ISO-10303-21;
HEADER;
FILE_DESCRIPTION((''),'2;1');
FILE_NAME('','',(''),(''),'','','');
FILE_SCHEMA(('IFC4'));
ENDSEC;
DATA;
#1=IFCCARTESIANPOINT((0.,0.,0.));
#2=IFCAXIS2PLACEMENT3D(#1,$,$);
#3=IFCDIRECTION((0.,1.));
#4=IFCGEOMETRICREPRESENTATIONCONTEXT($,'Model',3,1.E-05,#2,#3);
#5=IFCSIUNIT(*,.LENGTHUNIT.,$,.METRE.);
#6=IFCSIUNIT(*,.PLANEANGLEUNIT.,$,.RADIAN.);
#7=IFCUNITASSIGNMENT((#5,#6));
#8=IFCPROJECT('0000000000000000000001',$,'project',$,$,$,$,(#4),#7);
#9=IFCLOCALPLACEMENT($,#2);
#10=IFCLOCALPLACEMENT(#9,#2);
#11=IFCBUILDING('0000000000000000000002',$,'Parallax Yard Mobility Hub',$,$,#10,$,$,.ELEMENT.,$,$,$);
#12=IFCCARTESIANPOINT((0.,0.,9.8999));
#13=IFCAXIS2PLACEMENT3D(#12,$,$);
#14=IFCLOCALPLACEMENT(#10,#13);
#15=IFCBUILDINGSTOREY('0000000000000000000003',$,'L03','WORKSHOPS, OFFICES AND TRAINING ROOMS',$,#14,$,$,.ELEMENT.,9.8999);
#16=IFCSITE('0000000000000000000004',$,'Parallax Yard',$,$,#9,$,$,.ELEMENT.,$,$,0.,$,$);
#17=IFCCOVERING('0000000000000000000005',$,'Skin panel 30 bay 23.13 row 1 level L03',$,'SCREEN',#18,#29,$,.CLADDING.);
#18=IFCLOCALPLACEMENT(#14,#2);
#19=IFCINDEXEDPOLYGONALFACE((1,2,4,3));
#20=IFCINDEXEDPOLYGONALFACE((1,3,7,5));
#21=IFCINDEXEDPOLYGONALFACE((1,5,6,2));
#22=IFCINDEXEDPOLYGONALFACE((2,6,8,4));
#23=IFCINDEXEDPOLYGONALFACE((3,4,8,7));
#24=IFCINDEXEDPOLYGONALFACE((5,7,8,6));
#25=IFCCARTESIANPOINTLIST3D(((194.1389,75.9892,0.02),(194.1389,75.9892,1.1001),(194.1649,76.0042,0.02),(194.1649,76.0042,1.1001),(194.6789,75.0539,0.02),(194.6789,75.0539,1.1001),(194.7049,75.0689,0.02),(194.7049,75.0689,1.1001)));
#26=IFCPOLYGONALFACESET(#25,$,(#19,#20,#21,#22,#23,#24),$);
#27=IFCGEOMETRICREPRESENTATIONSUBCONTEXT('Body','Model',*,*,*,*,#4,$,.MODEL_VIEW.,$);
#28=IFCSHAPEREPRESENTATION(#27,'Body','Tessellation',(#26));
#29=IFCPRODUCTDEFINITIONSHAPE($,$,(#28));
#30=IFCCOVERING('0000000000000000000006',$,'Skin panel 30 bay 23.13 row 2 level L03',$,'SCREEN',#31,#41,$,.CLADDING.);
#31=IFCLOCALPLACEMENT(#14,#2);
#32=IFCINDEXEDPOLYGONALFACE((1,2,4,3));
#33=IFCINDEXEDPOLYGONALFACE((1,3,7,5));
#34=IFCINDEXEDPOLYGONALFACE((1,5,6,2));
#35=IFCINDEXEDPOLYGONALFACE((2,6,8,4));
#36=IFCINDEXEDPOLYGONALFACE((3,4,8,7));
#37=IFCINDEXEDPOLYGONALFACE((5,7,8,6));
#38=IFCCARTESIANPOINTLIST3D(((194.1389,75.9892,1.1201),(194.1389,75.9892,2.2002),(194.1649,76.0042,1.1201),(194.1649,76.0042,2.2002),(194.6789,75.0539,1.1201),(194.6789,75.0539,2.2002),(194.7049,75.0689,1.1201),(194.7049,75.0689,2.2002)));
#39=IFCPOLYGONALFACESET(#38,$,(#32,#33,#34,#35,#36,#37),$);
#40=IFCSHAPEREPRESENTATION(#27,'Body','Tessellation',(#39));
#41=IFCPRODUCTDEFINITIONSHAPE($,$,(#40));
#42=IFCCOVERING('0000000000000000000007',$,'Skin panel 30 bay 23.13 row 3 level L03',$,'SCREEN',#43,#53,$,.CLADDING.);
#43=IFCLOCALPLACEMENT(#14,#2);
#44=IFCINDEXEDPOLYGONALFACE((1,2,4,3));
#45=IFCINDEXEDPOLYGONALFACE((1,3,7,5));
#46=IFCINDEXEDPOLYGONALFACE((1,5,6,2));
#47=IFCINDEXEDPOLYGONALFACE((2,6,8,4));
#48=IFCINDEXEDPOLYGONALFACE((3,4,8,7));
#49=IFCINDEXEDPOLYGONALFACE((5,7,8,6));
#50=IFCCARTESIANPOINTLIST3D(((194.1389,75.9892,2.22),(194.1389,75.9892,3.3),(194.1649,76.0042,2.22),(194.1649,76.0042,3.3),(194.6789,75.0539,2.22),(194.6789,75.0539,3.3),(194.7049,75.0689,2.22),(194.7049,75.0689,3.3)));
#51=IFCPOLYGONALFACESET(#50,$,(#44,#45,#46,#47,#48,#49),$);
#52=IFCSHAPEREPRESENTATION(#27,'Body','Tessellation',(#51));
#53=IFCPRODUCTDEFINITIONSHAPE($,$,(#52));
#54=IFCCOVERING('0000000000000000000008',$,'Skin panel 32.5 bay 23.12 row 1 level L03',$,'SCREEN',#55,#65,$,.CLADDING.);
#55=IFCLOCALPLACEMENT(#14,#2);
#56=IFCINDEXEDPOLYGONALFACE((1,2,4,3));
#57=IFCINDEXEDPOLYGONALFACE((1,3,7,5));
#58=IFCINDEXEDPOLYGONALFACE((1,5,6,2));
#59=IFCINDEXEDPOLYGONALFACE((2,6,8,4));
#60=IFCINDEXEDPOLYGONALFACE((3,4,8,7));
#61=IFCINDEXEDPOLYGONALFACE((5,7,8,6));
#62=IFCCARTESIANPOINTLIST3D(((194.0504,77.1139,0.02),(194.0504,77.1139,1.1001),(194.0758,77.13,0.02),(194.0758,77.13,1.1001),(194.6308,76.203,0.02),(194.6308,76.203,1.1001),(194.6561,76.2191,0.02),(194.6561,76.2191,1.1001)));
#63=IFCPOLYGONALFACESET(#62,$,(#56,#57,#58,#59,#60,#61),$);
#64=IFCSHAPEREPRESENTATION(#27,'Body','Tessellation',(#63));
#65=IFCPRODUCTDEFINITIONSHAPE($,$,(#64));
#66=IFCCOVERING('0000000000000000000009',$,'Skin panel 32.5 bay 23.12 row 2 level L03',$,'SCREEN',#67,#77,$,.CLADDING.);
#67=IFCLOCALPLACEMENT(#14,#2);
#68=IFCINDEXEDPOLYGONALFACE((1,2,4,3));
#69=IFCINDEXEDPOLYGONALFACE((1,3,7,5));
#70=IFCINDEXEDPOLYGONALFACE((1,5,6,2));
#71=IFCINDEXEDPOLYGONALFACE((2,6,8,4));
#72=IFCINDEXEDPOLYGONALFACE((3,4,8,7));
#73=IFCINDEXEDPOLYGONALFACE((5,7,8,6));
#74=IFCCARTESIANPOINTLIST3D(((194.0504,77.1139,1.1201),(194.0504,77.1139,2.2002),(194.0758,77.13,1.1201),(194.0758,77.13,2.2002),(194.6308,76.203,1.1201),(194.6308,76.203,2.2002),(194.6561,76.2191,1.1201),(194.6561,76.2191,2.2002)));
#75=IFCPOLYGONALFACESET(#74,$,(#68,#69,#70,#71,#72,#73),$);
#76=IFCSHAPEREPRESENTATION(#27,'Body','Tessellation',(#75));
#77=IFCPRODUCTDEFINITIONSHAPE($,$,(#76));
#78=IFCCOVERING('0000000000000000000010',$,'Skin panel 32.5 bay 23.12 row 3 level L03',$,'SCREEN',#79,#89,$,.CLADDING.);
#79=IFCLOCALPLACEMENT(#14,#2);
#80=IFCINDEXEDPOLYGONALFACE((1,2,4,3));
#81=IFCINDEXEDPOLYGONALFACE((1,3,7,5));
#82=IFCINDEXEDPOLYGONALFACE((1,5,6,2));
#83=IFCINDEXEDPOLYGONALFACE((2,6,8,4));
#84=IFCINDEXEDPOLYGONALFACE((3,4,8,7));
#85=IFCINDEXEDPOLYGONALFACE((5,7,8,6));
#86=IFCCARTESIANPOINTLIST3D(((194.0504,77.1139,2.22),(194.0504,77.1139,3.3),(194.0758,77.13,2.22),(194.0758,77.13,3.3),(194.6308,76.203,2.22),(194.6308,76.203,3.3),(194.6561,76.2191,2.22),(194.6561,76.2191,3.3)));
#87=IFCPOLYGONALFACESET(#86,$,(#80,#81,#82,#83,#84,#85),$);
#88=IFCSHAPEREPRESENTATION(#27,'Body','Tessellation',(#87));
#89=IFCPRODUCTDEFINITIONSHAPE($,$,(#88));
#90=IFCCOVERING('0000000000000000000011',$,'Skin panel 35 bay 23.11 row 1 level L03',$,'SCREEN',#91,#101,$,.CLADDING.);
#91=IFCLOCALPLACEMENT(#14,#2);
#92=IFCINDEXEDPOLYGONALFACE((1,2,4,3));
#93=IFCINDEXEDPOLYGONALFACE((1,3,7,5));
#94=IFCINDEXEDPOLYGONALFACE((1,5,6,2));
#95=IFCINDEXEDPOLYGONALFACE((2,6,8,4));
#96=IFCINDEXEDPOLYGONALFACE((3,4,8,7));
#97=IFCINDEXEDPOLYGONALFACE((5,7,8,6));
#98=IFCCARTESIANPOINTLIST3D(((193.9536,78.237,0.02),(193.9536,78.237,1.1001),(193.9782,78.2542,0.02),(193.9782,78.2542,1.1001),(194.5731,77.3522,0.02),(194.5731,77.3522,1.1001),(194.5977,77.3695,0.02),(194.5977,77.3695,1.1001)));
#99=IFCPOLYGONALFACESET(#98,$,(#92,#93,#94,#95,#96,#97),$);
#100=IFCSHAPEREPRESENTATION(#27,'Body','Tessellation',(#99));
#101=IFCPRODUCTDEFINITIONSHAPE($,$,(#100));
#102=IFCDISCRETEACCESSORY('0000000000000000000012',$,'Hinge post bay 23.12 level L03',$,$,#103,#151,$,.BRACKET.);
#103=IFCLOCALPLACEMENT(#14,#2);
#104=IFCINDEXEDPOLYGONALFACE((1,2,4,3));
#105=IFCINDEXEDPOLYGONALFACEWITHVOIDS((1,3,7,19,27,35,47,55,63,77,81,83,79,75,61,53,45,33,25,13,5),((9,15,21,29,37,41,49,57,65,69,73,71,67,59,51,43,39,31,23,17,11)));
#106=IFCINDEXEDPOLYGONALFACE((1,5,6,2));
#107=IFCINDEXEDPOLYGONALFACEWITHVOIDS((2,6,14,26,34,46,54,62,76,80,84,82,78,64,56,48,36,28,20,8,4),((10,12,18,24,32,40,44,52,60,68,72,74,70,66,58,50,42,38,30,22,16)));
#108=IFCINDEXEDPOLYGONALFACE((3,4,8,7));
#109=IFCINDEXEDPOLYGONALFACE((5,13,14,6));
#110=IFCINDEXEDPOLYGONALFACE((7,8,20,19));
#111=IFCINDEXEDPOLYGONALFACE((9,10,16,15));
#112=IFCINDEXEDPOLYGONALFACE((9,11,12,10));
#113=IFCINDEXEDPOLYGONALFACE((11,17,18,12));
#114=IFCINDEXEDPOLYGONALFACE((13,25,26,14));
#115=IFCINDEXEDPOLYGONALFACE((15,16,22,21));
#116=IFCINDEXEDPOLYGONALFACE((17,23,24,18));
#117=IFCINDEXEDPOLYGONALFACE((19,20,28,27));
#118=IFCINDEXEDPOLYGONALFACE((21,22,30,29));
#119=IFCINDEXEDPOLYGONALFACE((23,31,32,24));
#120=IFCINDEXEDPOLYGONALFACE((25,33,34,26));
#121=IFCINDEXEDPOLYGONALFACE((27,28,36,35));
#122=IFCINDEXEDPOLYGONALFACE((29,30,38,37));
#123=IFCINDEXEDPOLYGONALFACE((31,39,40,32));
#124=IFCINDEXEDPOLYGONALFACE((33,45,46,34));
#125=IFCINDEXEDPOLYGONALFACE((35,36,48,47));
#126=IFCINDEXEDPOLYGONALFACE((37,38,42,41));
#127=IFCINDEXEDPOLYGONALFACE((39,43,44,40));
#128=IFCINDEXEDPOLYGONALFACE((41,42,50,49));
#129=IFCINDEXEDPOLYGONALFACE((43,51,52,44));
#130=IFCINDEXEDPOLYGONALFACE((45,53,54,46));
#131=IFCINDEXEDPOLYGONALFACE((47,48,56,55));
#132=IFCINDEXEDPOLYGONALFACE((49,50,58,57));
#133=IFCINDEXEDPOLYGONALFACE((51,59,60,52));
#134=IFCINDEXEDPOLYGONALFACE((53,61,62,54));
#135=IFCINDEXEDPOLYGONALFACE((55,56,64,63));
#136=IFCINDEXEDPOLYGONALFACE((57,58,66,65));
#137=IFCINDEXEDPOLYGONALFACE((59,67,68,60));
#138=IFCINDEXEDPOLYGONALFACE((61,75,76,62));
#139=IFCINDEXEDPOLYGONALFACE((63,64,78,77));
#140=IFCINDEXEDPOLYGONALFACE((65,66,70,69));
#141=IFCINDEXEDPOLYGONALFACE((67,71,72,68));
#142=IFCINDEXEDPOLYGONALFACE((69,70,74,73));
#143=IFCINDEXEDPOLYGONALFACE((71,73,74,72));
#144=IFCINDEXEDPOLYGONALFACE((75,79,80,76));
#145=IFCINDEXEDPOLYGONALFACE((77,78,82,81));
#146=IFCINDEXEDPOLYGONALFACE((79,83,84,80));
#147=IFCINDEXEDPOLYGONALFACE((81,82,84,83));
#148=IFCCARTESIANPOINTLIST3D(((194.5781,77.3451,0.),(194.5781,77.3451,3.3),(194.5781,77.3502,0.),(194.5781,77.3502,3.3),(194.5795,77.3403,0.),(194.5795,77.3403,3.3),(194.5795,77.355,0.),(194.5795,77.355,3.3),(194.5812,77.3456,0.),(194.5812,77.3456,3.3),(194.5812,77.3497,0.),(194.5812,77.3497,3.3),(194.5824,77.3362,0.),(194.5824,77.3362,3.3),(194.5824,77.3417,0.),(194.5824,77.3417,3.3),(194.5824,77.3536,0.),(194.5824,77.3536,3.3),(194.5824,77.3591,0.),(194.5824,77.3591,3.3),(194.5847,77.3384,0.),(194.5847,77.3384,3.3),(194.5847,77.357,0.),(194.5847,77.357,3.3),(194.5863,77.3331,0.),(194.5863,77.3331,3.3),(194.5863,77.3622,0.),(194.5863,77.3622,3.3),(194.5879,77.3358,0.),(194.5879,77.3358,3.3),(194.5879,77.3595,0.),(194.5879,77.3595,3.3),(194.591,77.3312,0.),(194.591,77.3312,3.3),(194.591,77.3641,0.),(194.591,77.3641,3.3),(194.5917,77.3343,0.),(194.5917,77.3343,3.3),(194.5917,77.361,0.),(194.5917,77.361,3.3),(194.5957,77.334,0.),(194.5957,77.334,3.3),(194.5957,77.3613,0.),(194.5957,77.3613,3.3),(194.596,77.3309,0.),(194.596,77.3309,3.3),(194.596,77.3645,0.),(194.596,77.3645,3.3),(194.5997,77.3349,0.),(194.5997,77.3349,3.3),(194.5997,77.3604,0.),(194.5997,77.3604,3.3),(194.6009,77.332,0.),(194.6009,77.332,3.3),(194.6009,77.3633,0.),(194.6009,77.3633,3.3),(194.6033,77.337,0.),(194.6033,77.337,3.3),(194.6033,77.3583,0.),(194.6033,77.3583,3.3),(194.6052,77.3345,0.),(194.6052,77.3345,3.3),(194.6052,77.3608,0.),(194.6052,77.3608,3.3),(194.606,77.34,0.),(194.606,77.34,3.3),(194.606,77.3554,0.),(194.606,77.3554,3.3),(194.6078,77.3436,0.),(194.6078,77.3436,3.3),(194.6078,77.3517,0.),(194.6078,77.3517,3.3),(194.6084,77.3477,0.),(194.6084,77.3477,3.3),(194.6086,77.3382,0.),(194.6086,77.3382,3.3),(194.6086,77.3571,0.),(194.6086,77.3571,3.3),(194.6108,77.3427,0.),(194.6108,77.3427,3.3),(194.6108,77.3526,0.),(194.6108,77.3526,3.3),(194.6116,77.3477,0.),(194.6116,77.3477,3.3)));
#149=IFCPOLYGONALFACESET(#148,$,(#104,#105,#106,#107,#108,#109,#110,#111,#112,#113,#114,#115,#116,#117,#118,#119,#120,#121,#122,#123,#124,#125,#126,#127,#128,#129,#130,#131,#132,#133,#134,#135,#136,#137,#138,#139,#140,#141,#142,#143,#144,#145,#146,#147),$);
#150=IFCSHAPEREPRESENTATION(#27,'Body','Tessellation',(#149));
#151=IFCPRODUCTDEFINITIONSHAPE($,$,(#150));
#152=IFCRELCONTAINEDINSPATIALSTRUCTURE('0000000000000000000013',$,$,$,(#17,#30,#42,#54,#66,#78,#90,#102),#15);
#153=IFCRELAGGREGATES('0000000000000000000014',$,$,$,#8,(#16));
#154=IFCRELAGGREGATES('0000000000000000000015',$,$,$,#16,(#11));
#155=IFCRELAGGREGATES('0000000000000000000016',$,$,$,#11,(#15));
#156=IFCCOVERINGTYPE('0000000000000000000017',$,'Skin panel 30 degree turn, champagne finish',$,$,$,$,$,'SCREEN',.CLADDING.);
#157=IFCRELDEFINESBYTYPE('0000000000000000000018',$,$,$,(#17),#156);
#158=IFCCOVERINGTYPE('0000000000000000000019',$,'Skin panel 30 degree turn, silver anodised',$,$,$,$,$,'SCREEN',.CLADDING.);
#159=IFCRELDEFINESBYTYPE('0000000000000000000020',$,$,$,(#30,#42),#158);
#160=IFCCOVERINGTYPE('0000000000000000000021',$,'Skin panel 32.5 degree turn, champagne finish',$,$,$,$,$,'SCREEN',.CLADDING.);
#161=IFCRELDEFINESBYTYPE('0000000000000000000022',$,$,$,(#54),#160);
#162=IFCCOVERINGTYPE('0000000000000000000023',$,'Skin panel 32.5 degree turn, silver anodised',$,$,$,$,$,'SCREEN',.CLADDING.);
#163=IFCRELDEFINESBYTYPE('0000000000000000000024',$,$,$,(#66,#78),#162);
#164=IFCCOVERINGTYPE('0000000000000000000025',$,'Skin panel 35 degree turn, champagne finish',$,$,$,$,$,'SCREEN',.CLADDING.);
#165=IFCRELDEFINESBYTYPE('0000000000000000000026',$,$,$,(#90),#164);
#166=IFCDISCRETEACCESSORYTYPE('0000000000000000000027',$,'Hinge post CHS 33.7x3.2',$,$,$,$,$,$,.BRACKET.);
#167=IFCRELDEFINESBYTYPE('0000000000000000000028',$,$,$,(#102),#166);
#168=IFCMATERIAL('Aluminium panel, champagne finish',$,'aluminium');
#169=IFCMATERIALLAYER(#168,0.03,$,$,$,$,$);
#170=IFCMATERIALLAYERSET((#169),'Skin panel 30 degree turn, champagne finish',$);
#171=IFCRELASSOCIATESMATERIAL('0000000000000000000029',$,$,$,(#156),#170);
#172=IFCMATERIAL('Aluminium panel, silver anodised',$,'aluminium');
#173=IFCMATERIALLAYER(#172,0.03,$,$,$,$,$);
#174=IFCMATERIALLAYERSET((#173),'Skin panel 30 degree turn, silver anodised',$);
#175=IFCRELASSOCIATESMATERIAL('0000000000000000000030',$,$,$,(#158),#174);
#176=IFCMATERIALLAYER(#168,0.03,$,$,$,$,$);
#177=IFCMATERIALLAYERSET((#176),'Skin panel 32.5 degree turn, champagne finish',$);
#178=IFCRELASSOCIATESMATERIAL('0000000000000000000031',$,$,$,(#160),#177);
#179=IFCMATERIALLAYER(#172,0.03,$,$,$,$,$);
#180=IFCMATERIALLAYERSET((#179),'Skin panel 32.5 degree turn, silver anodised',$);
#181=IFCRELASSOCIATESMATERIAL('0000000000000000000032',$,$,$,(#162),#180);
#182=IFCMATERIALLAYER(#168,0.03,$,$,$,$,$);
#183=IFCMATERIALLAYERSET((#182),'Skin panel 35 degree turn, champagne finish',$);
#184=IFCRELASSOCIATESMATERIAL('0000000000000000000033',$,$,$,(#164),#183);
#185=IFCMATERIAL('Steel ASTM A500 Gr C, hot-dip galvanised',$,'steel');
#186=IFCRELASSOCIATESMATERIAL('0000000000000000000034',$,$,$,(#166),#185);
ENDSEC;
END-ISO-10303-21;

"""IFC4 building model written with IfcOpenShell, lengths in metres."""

from ifc_helpers import new_model, si_unit, direction, frame, origin, origin_2d, place, context, subcontext, project, spatial, rectangle, hollow_circle, extrude, material, layer, layer_set, material_profile, profile_set, type_object, element, save


model = new_model("IFC4")

# Units and contexts
model_context = context("Model", 3, precision=1e-05, world=origin(), true_north=direction((0.0, 1.0)))
body_context = subcontext(model_context, "Body", "Model", "MODEL_VIEW")
ifc_project = project(units=[si_unit("LENGTHUNIT", "METRE"), si_unit("PLANEANGLEUNIT", "RADIAN")], contexts=[model_context])

# Site, building, storey
site_placement = place(None, origin())
site = spatial("IfcSite", under=ifc_project, at=site_placement, Name="Parallax Yard", CompositionType="ELEMENT", RefElevation=0.0)
building_placement = place(site_placement, origin())
building = spatial("IfcBuilding", under=site, at=building_placement, Name="Parallax Yard Mobility Hub", CompositionType="ELEMENT")
storey_placement = place(building_placement, frame((0.0, 0.0, 9.8999)))
storey = spatial("IfcBuildingStorey", under=building, at=storey_placement, Name="L03", Description="WORKSHOPS, OFFICES AND TRAINING ROOMS", CompositionType="ELEMENT", Elevation=9.8999)

# Coverings
ifc_material_1 = material(Name="Aluminium panel, champagne finish", Category="aluminium")
ifc_layer_1 = layer(ifc_material_1, 0.03)
ifc_layer_set_1 = layer_set([ifc_layer_1], Name="Skin panel 30 degree turn, champagne finish")
covering_type_1 = type_object("IfcCoveringType", Name="Skin panel 30 degree turn, champagne finish", ElementType="SCREEN", PredefinedType="CLADDING", material=ifc_layer_set_1)
covering_1_placement = place(storey_placement, frame((194.4219, 75.5291, 0.02), z_axis=(0.0, 0.0, 1.0), x_axis=(-0.5, 0.866025, 0.0)))
element("IfcCovering", 1, at=covering_1_placement, inside=storey, type_object=covering_type_1, Name="Skin panel 30 bay 23.13 row 1 level L03", ObjectType="SCREEN", PredefinedType="CLADDING", context=body_context, shape_type="SweptSolid", body=[
    extrude(rectangle(XDim=1.0801, YDim=0.03, at=origin_2d()), origin(), (0.0, 0.0, 1.0), 1.0801),
])
ifc_material_2 = material(Name="Aluminium panel, silver anodised", Category="aluminium")
ifc_layer_2 = layer(ifc_material_2, 0.03)
ifc_layer_set_2 = layer_set([ifc_layer_2], Name="Skin panel 30 degree turn, silver anodised")
covering_type_2 = type_object("IfcCoveringType", Name="Skin panel 30 degree turn, silver anodised", ElementType="SCREEN", PredefinedType="CLADDING", material=ifc_layer_set_2)
for number, where, z_axis, x_axis, name in (
    (2, (194.4219, 75.5291, 1.1201), (0.0, 0.0, 1.0), (-0.5, 0.866025, 0.0), "Skin panel 30 bay 23.13 row 2 level L03"),
    (3, (194.4219, 75.5291, 2.22), (0.0, 0.0, 1.0), (-0.5, 0.866025, 0.0), "Skin panel 30 bay 23.13 row 3 level L03"),
):
    element("IfcCovering", number, at=place(storey_placement, frame(where, z_axis=z_axis, x_axis=x_axis)), inside=storey, type_object=covering_type_2, Name=name, ObjectType="SCREEN", PredefinedType="CLADDING", context=body_context, shape_type="SweptSolid", body=[
        extrude(rectangle(XDim=1.0801, YDim=0.03, at=origin_2d()), origin(), (0.0, 0.0, 1.0), 1.0801),
    ])
ifc_layer_3 = layer(ifc_material_1, 0.03)
ifc_layer_set_3 = layer_set([ifc_layer_3], Name="Skin panel 32.5 degree turn, champagne finish")
covering_type_3 = type_object("IfcCoveringType", Name="Skin panel 32.5 degree turn, champagne finish", ElementType="SCREEN", PredefinedType="CLADDING", material=ifc_layer_set_3)
covering_2_placement = place(storey_placement, frame((194.3533, 76.6665, 0.02), z_axis=(0.0, 0.0, 1.0), x_axis=(-0.5373, 0.843391, 0.0)))
element("IfcCovering", 4, at=covering_2_placement, inside=storey, type_object=covering_type_3, Name="Skin panel 32.5 bay 23.12 row 1 level L03", ObjectType="SCREEN", PredefinedType="CLADDING", context=body_context, shape_type="SweptSolid", body=[
    extrude(rectangle(XDim=1.0801, YDim=0.03, at=origin_2d()), origin(), (0.0, 0.0, 1.0), 1.0801),
])
ifc_layer_4 = layer(ifc_material_2, 0.03)
ifc_layer_set_4 = layer_set([ifc_layer_4], Name="Skin panel 32.5 degree turn, silver anodised")
covering_type_4 = type_object("IfcCoveringType", Name="Skin panel 32.5 degree turn, silver anodised", ElementType="SCREEN", PredefinedType="CLADDING", material=ifc_layer_set_4)
for number, where, z_axis, x_axis, name in (
    (5, (194.3533, 76.6665, 1.1201), (0.0, 0.0, 1.0), (-0.5373, 0.843391, 0.0), "Skin panel 32.5 bay 23.12 row 2 level L03"),
    (6, (194.3533, 76.6665, 2.22), (0.0, 0.0, 1.0), (-0.5373, 0.843391, 0.0), "Skin panel 32.5 bay 23.12 row 3 level L03"),
):
    element("IfcCovering", number, at=place(storey_placement, frame(where, z_axis=z_axis, x_axis=x_axis)), inside=storey, type_object=covering_type_4, Name=name, ObjectType="SCREEN", PredefinedType="CLADDING", context=body_context, shape_type="SweptSolid", body=[
        extrude(rectangle(XDim=1.0801, YDim=0.03, at=origin_2d()), origin(), (0.0, 0.0, 1.0), 1.0801),
    ])
ifc_layer_5 = layer(ifc_material_1, 0.03)
ifc_layer_set_5 = layer_set([ifc_layer_5], Name="Skin panel 35 degree turn, champagne finish")
covering_type_5 = type_object("IfcCoveringType", Name="Skin panel 35 degree turn, champagne finish", ElementType="SCREEN", PredefinedType="CLADDING", material=ifc_layer_set_5)
covering_3_placement = place(storey_placement, frame((194.2756, 77.8032, 0.02), z_axis=(0.0, 0.0, 1.0), x_axis=(-0.573576, 0.819152, 0.0)))
element("IfcCovering", 7, at=covering_3_placement, inside=storey, type_object=covering_type_5, Name="Skin panel 35 bay 23.11 row 1 level L03", ObjectType="SCREEN", PredefinedType="CLADDING", context=body_context, shape_type="SweptSolid", body=[
    extrude(rectangle(XDim=1.0801, YDim=0.03, at=origin_2d()), origin(), (0.0, 0.0, 1.0), 1.0801),
])

# Discrete accessory
ifc_material_3 = material(Name="Steel ASTM A500 Gr C, hot-dip galvanised", Category="steel")
ifc_material_profile = material_profile(ifc_material_3, hollow_circle(Radius=0.0168, WallThickness=0.0032, at=origin_2d()), Name="CHS 33.7x3.2")
ifc_profile_set = profile_set([ifc_material_profile], Name="Steel ASTM A500 Gr C, hot-dip galvanised")
discrete_accessory_type = type_object("IfcDiscreteAccessoryType", Name="Hinge post CHS 33.7x3.2", PredefinedType="BRACKET", material=ifc_profile_set)
discrete_accessory_placement = place(storey_placement, frame((194.5947, 77.3477, 0.0), z_axis=(0.0, 0.0, 1.0), x_axis=(1.0, 0.0, 0.0)))
element("IfcDiscreteAccessory", 8, at=discrete_accessory_placement, inside=storey, type_object=discrete_accessory_type, Name="Hinge post bay 23.12 level L03", PredefinedType="BRACKET", context=body_context, shape_type="SweptSolid", body=[
    extrude(hollow_circle(Radius=0.0168, WallThickness=0.0032, at=origin_2d()), origin(), (0.0, 0.0, 1.0), 3.3),
])

save(model, "model.ifc")
